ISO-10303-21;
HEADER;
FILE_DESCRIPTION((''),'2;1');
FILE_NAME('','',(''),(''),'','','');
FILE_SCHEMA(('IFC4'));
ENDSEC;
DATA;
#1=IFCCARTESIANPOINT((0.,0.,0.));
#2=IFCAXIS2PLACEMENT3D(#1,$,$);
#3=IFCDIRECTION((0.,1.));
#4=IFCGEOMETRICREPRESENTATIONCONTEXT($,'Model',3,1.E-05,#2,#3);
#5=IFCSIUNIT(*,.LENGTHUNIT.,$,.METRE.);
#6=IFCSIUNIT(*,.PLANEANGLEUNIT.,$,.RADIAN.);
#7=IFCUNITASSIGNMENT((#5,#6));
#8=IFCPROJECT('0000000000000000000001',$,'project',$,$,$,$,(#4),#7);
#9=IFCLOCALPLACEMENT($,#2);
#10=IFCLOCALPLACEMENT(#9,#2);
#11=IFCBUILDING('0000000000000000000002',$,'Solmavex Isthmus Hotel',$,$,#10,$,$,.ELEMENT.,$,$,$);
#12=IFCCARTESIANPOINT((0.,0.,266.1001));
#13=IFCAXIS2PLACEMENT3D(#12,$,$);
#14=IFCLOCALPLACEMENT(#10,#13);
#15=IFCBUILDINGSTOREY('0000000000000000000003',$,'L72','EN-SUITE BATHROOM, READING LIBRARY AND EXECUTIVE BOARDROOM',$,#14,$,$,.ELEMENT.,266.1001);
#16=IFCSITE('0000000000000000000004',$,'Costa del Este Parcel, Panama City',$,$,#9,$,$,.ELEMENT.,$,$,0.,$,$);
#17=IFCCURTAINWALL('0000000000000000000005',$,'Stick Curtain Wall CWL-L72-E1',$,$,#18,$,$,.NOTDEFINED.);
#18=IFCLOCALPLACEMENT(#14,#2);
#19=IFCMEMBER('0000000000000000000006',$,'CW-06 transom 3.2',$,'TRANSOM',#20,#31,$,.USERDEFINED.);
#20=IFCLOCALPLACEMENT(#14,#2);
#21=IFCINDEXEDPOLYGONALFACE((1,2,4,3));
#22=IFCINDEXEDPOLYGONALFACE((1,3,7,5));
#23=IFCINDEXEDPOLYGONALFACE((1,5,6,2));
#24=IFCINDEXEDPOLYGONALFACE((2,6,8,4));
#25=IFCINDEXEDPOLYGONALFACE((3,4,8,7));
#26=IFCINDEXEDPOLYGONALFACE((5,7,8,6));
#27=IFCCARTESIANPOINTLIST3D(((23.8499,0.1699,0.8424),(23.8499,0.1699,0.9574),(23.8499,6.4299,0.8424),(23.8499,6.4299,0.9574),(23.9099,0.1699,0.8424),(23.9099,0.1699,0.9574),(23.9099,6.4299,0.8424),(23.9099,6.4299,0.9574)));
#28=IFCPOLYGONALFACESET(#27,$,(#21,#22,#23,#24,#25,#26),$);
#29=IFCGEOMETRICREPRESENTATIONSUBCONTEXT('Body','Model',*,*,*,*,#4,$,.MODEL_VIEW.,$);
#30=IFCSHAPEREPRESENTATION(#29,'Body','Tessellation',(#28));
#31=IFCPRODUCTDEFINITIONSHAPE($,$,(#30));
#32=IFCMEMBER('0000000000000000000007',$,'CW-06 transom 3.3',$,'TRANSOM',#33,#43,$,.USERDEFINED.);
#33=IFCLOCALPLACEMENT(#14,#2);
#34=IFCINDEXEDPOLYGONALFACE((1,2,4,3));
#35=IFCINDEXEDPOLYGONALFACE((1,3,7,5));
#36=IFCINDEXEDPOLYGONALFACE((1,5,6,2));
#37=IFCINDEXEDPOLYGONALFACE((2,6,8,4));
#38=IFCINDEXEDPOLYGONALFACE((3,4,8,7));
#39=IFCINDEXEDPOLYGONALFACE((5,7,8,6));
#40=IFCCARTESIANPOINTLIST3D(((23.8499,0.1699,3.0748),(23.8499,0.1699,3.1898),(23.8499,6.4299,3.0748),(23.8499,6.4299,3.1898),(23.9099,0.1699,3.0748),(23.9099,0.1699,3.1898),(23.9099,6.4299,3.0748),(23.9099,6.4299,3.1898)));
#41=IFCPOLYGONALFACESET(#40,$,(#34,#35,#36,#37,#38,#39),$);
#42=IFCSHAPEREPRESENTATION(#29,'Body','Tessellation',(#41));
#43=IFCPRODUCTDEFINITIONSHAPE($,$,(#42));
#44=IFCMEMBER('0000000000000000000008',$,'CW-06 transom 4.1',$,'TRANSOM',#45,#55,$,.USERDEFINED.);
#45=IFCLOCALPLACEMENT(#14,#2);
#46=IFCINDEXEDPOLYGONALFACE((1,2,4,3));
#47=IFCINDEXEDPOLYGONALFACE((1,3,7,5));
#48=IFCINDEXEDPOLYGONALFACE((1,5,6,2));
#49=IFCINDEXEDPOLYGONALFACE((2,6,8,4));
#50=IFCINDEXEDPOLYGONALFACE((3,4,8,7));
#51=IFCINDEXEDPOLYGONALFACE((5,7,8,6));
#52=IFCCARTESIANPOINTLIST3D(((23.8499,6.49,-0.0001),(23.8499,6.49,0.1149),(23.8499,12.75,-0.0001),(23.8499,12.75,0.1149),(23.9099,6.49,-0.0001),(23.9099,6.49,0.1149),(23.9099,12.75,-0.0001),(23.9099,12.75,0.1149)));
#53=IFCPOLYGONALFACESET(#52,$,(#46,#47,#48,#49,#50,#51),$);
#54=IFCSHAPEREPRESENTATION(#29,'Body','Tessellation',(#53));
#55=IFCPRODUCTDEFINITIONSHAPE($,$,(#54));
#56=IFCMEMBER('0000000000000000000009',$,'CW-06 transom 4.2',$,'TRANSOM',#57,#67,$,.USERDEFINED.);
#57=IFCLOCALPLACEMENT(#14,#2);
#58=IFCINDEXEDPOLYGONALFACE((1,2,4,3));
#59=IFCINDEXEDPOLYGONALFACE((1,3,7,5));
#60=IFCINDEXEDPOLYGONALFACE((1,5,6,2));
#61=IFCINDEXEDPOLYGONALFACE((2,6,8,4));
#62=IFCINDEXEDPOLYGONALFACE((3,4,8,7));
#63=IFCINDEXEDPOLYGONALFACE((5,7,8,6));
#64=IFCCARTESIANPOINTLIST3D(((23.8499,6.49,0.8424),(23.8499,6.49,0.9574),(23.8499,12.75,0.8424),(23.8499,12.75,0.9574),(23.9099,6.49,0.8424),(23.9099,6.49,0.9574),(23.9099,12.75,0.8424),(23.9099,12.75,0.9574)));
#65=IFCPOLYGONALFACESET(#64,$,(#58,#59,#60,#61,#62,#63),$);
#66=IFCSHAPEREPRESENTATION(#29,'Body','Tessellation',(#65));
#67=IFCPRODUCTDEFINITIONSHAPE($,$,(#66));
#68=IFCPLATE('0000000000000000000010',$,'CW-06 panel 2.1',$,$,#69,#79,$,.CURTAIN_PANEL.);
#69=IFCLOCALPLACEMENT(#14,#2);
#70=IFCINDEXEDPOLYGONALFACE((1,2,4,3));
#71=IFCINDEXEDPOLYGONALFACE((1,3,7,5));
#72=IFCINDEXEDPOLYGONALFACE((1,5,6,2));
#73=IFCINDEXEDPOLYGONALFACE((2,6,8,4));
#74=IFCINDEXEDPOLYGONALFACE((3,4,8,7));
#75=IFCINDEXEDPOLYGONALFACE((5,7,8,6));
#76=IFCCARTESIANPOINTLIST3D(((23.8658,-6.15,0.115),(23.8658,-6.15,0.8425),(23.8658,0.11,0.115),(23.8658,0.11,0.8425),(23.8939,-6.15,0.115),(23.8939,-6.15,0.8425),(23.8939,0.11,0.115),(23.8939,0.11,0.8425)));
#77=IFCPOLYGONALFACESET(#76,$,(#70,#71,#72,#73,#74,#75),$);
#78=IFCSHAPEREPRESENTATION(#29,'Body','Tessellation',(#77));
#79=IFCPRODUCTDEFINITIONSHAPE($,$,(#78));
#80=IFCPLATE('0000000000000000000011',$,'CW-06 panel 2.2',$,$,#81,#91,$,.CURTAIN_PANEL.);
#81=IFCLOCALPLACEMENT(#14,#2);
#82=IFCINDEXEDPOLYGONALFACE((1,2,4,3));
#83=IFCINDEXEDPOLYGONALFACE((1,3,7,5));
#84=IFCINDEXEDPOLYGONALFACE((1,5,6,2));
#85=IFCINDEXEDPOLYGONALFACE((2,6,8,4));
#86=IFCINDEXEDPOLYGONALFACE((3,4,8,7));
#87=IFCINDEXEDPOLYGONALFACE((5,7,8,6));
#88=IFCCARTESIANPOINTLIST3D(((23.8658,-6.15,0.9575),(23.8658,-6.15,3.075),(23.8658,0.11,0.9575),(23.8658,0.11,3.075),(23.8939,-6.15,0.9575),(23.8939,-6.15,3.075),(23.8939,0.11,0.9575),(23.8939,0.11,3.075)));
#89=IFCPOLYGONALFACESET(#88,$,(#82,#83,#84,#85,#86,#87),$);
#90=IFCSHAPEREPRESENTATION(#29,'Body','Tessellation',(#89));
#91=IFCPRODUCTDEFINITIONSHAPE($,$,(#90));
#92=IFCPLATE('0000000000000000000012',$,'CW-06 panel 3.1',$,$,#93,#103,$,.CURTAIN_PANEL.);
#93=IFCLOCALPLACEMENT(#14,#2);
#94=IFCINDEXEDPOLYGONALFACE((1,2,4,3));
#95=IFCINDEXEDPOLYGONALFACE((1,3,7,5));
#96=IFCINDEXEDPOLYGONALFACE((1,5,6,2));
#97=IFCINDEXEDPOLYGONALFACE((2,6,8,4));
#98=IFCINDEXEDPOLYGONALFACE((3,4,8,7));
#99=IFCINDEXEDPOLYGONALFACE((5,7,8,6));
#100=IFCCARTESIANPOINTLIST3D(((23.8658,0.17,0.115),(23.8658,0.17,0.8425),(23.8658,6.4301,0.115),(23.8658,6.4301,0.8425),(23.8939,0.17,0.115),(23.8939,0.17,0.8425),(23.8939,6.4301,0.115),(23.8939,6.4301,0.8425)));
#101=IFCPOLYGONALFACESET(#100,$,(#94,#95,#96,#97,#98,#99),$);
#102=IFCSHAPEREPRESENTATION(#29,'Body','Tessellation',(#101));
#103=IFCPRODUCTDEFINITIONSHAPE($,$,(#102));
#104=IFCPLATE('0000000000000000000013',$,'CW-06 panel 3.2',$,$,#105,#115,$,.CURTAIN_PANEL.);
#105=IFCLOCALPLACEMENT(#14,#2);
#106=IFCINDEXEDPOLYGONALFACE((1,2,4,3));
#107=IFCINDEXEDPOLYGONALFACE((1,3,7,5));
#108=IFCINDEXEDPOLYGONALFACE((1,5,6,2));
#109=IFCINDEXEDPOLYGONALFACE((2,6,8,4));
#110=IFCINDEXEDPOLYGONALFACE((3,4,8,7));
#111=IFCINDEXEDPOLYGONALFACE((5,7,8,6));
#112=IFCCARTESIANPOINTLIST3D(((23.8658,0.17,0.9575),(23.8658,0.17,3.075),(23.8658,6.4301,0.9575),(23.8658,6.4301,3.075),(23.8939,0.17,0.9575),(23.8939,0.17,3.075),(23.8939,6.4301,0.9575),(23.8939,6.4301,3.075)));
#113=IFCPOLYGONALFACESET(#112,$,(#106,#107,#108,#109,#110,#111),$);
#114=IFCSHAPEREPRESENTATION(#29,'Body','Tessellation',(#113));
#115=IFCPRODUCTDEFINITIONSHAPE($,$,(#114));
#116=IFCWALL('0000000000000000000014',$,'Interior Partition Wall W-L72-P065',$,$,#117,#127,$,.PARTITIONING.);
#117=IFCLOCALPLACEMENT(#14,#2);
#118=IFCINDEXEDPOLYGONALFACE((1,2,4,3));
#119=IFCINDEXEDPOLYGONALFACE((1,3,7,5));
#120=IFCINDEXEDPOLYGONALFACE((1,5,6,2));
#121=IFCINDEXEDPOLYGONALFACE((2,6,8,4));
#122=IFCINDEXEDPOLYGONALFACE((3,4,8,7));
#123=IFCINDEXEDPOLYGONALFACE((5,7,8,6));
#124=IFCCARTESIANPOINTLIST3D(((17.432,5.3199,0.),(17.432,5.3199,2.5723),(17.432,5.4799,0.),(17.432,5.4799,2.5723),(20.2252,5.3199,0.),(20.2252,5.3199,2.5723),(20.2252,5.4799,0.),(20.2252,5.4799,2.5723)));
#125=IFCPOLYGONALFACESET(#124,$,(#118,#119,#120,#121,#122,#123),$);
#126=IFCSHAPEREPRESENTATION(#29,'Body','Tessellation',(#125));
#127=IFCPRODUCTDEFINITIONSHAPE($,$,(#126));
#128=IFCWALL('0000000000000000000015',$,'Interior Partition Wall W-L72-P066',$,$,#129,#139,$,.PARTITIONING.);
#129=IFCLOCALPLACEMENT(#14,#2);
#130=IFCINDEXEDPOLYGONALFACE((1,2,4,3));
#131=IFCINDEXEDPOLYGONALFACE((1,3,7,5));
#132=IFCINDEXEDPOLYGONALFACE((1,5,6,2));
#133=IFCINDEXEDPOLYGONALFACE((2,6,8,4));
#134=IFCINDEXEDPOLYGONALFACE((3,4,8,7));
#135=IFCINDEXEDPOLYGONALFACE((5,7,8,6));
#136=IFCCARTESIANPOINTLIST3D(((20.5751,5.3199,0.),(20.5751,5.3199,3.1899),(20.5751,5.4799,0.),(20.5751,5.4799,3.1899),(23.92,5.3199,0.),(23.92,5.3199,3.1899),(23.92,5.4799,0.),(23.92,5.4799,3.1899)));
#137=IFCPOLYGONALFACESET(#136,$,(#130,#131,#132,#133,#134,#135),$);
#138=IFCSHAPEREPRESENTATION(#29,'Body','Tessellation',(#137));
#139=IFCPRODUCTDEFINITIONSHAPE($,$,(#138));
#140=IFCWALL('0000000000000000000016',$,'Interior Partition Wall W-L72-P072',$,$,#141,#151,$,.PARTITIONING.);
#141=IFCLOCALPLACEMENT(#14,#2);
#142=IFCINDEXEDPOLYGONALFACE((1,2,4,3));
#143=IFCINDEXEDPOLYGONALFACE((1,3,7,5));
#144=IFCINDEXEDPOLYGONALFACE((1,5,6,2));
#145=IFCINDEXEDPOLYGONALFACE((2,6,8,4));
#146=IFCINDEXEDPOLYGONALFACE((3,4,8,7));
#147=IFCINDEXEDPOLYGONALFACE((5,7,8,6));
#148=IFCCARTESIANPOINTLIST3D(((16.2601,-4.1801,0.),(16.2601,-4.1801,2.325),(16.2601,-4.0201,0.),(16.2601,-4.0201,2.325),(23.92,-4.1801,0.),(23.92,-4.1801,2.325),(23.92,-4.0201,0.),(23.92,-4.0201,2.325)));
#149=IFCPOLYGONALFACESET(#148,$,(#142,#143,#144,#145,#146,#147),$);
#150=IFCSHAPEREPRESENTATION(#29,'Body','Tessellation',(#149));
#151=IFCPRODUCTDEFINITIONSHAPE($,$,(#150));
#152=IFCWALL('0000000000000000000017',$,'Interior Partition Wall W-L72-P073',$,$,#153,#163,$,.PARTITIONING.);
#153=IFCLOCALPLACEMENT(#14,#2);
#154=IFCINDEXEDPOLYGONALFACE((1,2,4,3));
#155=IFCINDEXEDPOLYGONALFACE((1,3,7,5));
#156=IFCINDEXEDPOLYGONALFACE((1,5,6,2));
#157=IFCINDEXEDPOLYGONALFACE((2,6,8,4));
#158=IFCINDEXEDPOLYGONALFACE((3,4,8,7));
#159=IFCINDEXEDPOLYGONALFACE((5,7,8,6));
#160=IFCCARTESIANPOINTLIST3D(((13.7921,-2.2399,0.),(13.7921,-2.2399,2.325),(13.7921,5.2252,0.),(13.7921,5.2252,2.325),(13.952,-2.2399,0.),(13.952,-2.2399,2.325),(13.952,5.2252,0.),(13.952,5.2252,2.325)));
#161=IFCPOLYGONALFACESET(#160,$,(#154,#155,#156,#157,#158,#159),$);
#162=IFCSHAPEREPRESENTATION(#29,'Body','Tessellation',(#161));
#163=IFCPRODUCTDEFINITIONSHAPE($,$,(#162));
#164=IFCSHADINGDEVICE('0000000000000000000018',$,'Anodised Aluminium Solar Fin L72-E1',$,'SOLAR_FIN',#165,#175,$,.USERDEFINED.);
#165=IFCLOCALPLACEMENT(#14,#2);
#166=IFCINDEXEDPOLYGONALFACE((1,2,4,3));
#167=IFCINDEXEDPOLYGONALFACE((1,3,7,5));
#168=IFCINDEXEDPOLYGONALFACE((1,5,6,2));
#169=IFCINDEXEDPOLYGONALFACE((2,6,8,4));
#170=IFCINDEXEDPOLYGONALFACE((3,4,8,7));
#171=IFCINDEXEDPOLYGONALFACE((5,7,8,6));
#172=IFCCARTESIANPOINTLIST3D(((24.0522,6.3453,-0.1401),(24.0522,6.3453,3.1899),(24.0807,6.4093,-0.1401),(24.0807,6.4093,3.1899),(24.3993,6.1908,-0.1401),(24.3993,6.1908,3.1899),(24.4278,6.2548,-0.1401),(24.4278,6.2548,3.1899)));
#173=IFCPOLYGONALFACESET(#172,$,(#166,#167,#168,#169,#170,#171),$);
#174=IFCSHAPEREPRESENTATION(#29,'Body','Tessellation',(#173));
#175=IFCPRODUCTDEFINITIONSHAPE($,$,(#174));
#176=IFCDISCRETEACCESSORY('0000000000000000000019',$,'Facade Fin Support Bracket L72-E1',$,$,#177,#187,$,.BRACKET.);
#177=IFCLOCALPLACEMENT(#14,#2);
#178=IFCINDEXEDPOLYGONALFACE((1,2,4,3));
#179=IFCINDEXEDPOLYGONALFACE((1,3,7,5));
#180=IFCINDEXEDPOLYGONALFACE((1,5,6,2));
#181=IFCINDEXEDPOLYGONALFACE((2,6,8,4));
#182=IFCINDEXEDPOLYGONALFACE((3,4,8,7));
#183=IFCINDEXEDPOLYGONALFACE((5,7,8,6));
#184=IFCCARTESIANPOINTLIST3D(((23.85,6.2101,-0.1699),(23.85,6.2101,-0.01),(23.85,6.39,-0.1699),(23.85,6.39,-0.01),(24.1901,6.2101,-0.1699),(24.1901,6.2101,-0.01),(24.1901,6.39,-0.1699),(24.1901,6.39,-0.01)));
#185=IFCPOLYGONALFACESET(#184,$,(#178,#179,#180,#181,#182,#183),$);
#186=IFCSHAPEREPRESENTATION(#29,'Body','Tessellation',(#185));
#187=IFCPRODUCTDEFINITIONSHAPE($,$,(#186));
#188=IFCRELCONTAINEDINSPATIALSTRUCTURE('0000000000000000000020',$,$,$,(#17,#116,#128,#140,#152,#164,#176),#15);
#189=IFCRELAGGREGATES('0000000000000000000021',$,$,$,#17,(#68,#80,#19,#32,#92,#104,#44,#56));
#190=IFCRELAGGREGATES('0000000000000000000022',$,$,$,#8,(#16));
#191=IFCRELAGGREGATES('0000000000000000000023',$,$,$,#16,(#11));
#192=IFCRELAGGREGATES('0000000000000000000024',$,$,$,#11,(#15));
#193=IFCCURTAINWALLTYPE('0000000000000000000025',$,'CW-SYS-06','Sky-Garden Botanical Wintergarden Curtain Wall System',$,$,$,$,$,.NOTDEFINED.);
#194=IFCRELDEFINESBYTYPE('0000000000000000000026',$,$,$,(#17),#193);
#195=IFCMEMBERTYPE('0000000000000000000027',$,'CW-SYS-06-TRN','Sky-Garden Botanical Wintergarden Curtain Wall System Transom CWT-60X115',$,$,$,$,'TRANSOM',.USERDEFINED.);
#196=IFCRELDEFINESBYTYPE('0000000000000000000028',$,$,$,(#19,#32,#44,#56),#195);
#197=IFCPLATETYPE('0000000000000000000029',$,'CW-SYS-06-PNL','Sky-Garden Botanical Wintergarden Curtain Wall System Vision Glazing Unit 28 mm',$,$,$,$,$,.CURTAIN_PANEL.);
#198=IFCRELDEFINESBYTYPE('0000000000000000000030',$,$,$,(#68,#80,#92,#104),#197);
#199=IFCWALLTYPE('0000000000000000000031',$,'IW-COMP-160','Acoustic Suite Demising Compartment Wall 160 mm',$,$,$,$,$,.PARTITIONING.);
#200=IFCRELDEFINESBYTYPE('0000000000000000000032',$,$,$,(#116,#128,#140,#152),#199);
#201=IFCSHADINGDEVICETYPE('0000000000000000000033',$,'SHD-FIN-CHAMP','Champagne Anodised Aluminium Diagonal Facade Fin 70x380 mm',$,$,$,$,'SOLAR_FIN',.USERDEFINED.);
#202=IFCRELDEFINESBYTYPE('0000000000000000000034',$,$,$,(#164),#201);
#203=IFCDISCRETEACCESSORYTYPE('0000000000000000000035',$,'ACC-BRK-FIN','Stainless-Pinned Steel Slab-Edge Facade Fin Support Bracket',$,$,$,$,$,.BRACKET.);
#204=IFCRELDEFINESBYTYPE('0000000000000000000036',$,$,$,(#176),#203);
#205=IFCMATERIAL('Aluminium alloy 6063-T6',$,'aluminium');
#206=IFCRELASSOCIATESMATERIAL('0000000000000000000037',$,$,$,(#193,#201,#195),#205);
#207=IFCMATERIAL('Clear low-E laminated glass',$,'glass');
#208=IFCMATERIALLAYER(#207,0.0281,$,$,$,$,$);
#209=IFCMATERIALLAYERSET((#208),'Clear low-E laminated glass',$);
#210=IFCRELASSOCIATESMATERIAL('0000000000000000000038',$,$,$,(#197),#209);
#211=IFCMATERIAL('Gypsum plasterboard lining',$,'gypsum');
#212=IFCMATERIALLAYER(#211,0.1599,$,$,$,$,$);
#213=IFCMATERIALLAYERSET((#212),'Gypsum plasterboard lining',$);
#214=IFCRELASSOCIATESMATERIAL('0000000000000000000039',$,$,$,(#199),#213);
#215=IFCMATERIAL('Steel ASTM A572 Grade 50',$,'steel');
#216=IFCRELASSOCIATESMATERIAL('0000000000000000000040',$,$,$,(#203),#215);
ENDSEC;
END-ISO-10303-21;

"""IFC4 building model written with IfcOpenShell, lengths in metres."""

from ifc_helpers import new_model, si_unit, direction, frame, frame_2d, origin, origin_2d, place, context, subcontext, project, spatial, rectangle, extrude, material, layer, layer_set, material_profile, profile_set, type_object, element, aggregate, save


model = new_model("IFC4")

# Units and contexts
model_context = context("Model", 3, precision=1e-05, world=origin(), true_north=direction((0.0, 1.0)))
body_context = subcontext(model_context, "Body", "Model", "MODEL_VIEW")
ifc_project = project(units=[si_unit("LENGTHUNIT", "METRE"), si_unit("PLANEANGLEUNIT", "RADIAN")], contexts=[model_context])

# Site, building, storey
site_placement = place(None, origin())
site = spatial("IfcSite", under=ifc_project, at=site_placement, Name="Costa del Este Parcel, Panama City", CompositionType="ELEMENT", RefElevation=0.0)
building_placement = place(site_placement, origin())
building = spatial("IfcBuilding", under=site, at=building_placement, Name="Solmavex Isthmus Hotel", CompositionType="ELEMENT")
storey_placement = place(building_placement, frame((0.0, 0.0, 266.1001)))
storey = spatial("IfcBuildingStorey", under=building, at=storey_placement, Name="L72", Description="EN-SUITE BATHROOM, READING LIBRARY AND EXECUTIVE BOARDROOM", CompositionType="ELEMENT", Elevation=266.1001)

# Curtain wall, members, plates
ifc_material_1 = material(Name="Aluminium alloy 6063-T6", Category="aluminium")
curtain_wall_type = type_object("IfcCurtainWallType", Name="CW-SYS-06", Description="Sky-Garden Botanical Wintergarden Curtain Wall System", PredefinedType="NOTDEFINED", material=ifc_material_1)
curtain_wall_placement = place(storey_placement, origin())
curtain_wall = element("IfcCurtainWall", 1, at=curtain_wall_placement, inside=storey, type_object=curtain_wall_type, Name="Stick Curtain Wall CWL-L72-E1", PredefinedType="NOTDEFINED")
ifc_material_profile_1 = material_profile(ifc_material_1, rectangle(XDim=0.0601, YDim=0.115, at=origin_2d()), Name="CWT-60X115")
ifc_profile_set_1 = profile_set([ifc_material_profile_1], Name="Aluminium alloy 6063-T6")
member_type_1 = type_object("IfcMemberType", Name="CW-SYS-06-TRN", Description="Sky-Garden Botanical Wintergarden Curtain Wall System Transom CWT-60X115", ElementType="TRANSOM", PredefinedType="USERDEFINED", material=ifc_profile_set_1)
member_1_placement = place(storey_placement, frame((23.8799, 0.1699, 0.8999), z_axis=(0.0, 1.0, 0.0), x_axis=(-1.0, 0.0, 0.0)))
member_1 = element("IfcMember", 2, at=member_1_placement, type_object=member_type_1, Name="CW-06 transom 3.2", ObjectType="TRANSOM", PredefinedType="USERDEFINED", context=body_context, shape_type="SweptSolid", body=[
    extrude(rectangle(XDim=0.0601, YDim=0.115, at=origin_2d()), origin(), (0.0, 0.0, 1.0), 6.26),
])
member_2_placement = place(storey_placement, frame((23.8799, 0.1699, 3.1323), z_axis=(0.0, 1.0, 0.0), x_axis=(-1.0, 0.0, 0.0)))
member_2 = element("IfcMember", 3, at=member_2_placement, type_object=member_type_1, Name="CW-06 transom 3.3", ObjectType="TRANSOM", PredefinedType="USERDEFINED", context=body_context, shape_type="SweptSolid", body=[
    extrude(rectangle(XDim=0.0601, YDim=0.115, at=origin_2d()), origin(), (0.0, 0.0, 1.0), 6.26),
])
member_3_placement = place(storey_placement, frame((23.8799, 6.49, 0.0574), z_axis=(0.0, 1.0, 0.0), x_axis=(-1.0, 0.0, 0.0)))
member_3 = element("IfcMember", 4, at=member_3_placement, type_object=member_type_1, Name="CW-06 transom 4.1", ObjectType="TRANSOM", PredefinedType="USERDEFINED", context=body_context, shape_type="SweptSolid", body=[
    extrude(rectangle(XDim=0.0601, YDim=0.115, at=origin_2d()), origin(), (0.0, 0.0, 1.0), 6.26),
])
member_4_placement = place(storey_placement, frame((23.8799, 6.49, 0.8999), z_axis=(0.0, 1.0, 0.0), x_axis=(-1.0, 0.0, 0.0)))
member_4 = element("IfcMember", 5, at=member_4_placement, type_object=member_type_1, Name="CW-06 transom 4.2", ObjectType="TRANSOM", PredefinedType="USERDEFINED", context=body_context, shape_type="SweptSolid", body=[
    extrude(rectangle(XDim=0.0601, YDim=0.115, at=origin_2d()), origin(), (0.0, 0.0, 1.0), 6.26),
])
ifc_material_2 = material(Name="Clear low-E laminated glass", Category="glass")
ifc_layer_1 = layer(ifc_material_2, 0.0281)
ifc_layer_set_1 = layer_set([ifc_layer_1], Name="Clear low-E laminated glass")
plate_type = type_object("IfcPlateType", Name="CW-SYS-06-PNL", Description="Sky-Garden Botanical Wintergarden Curtain Wall System Vision Glazing Unit 28 mm", PredefinedType="CURTAIN_PANEL", material=ifc_layer_set_1)
plate_1_placement = place(storey_placement, frame((23.8799, -3.02, 0.115), z_axis=(0.0, 0.0, 1.0), x_axis=(0.0, 1.0, 0.0)))
plate_1 = element("IfcPlate", 6, at=plate_1_placement, type_object=plate_type, Name="CW-06 panel 2.1", PredefinedType="CURTAIN_PANEL", context=body_context, shape_type="SweptSolid", body=[
    extrude(rectangle(XDim=6.26, YDim=0.0281, at=origin_2d()), origin(), (0.0, 0.0, 1.0), 0.7275),
])
plate_2_placement = place(storey_placement, frame((23.8799, -3.02, 0.9575), z_axis=(0.0, 0.0, 1.0), x_axis=(0.0, 1.0, 0.0)))
plate_2 = element("IfcPlate", 7, at=plate_2_placement, type_object=plate_type, Name="CW-06 panel 2.2", PredefinedType="CURTAIN_PANEL", context=body_context, shape_type="SweptSolid", body=[
    extrude(rectangle(XDim=6.26, YDim=0.0281, at=origin_2d()), origin(), (0.0, 0.0, 1.0), 2.1174),
])
plate_3_placement = place(storey_placement, frame((23.8799, 3.3, 0.115), z_axis=(0.0, 0.0, 1.0), x_axis=(0.0, 1.0, 0.0)))
plate_3 = element("IfcPlate", 8, at=plate_3_placement, type_object=plate_type, Name="CW-06 panel 3.1", PredefinedType="CURTAIN_PANEL", context=body_context, shape_type="SweptSolid", body=[
    extrude(rectangle(XDim=6.26, YDim=0.0281, at=origin_2d()), origin(), (0.0, 0.0, 1.0), 0.7275),
])
plate_4_placement = place(storey_placement, frame((23.8799, 3.3, 0.9575), z_axis=(0.0, 0.0, 1.0), x_axis=(0.0, 1.0, 0.0)))
plate_4 = element("IfcPlate", 9, at=plate_4_placement, type_object=plate_type, Name="CW-06 panel 3.2", PredefinedType="CURTAIN_PANEL", context=body_context, shape_type="SweptSolid", body=[
    extrude(rectangle(XDim=6.26, YDim=0.0281, at=origin_2d()), origin(), (0.0, 0.0, 1.0), 2.1174),
])
aggregate(curtain_wall, [plate_1, plate_2, member_1, member_2, plate_3, plate_4, member_3, member_4])

# Walls
ifc_material_3 = material(Name="Gypsum plasterboard lining", Category="gypsum")
ifc_layer_2 = layer(ifc_material_3, 0.1599)
ifc_layer_set_2 = layer_set([ifc_layer_2], Name="Gypsum plasterboard lining")
wall_type_1 = type_object("IfcWallType", Name="IW-COMP-160", Description="Acoustic Suite Demising Compartment Wall 160 mm", PredefinedType="PARTITIONING", material=ifc_layer_set_2)
wall_1_placement = place(storey_placement, frame((20.2251, 5.3999, 0.0), z_axis=(0.0, 0.0, 1.0), x_axis=(-1.0, 0.0, 0.0)))
element("IfcWall", 10, at=wall_1_placement, inside=storey, type_object=wall_type_1, Name="Interior Partition Wall W-L72-P065", PredefinedType="PARTITIONING", context=body_context, shape_type="SweptSolid", body=[
    extrude(rectangle(XDim=2.7932, YDim=0.1599, at=frame_2d((1.3965, 0.0))), origin(), (0.0, 0.0, 1.0), 2.5723),
])
wall_2_placement = place(storey_placement, frame((23.9199, 5.3999, 0.0), z_axis=(0.0, 0.0, 1.0), x_axis=(-1.0, 0.0, 0.0)))
element("IfcWall", 11, at=wall_2_placement, inside=storey, type_object=wall_type_1, Name="Interior Partition Wall W-L72-P066", PredefinedType="PARTITIONING", context=body_context, shape_type="SweptSolid", body=[
    extrude(rectangle(XDim=3.345, YDim=0.1599, at=frame_2d((1.6724, 0.0))), origin(), (0.0, 0.0, 1.0), 3.1899),
])
wall_3_placement = place(storey_placement, frame((16.26, -4.1001, 0.0), z_axis=(0.0, 0.0, 1.0), x_axis=(1.0, 0.0, 0.0)))
element("IfcWall", 12, at=wall_3_placement, inside=storey, type_object=wall_type_1, Name="Interior Partition Wall W-L72-P072", PredefinedType="PARTITIONING", context=body_context, shape_type="SweptSolid", body=[
    extrude(rectangle(XDim=7.6599, YDim=0.1599, at=frame_2d((3.8301, 0.0))), origin(), (0.0, 0.0, 1.0), 2.325),
])
wall_4_placement = place(storey_placement, frame((13.8721, 5.2251, 0.0), z_axis=(0.0, 0.0, 1.0), x_axis=(0.0, -1.0, 0.0)))
element("IfcWall", 13, at=wall_4_placement, inside=storey, type_object=wall_type_1, Name="Interior Partition Wall W-L72-P073", PredefinedType="PARTITIONING", context=body_context, shape_type="SweptSolid", body=[
    extrude(rectangle(XDim=7.4651, YDim=0.1599, at=frame_2d((3.7324, 0.0))), origin(), (0.0, 0.0, 1.0), 2.325),
])

# Shading device
shading_device_type = type_object("IfcShadingDeviceType", Name="SHD-FIN-CHAMP", Description="Champagne Anodised Aluminium Diagonal Facade Fin 70x380 mm", ElementType="SOLAR_FIN", PredefinedType="USERDEFINED", material=ifc_material_1)
shading_device_placement = place(storey_placement, frame((24.24, 6.3, -0.1401), z_axis=(0.0, 0.0, 1.0), x_axis=(0.913545, -0.406737, 0.0)))
element("IfcShadingDevice", 14, at=shading_device_placement, inside=storey, type_object=shading_device_type, Name="Anodised Aluminium Solar Fin L72-E1", ObjectType="SOLAR_FIN", PredefinedType="USERDEFINED", context=body_context, shape_type="SweptSolid", body=[
    extrude(rectangle(XDim=0.3799, YDim=0.0701, at=origin_2d()), origin(), (0.0, 0.0, 1.0), 3.3301),
])

# Discrete accessory
ifc_material_4 = material(Name="Steel ASTM A572 Grade 50", Category="steel")
discrete_accessory_type = type_object("IfcDiscreteAccessoryType", Name="ACC-BRK-FIN", Description="Stainless-Pinned Steel Slab-Edge Facade Fin Support Bracket", PredefinedType="BRACKET", material=ifc_material_4)
discrete_accessory_placement = place(storey_placement, frame((24.02, 6.3, -0.1699), z_axis=(0.0, 0.0, 1.0), x_axis=(1.0, 0.0, 0.0)))
element("IfcDiscreteAccessory", 15, at=discrete_accessory_placement, inside=storey, type_object=discrete_accessory_type, Name="Facade Fin Support Bracket L72-E1", PredefinedType="BRACKET", context=body_context, shape_type="SweptSolid", body=[
    extrude(rectangle(XDim=0.3401, YDim=0.1799, at=origin_2d()), origin(), (0.0, 0.0, 1.0), 0.1599),
])

save(model, "model.ifc")
